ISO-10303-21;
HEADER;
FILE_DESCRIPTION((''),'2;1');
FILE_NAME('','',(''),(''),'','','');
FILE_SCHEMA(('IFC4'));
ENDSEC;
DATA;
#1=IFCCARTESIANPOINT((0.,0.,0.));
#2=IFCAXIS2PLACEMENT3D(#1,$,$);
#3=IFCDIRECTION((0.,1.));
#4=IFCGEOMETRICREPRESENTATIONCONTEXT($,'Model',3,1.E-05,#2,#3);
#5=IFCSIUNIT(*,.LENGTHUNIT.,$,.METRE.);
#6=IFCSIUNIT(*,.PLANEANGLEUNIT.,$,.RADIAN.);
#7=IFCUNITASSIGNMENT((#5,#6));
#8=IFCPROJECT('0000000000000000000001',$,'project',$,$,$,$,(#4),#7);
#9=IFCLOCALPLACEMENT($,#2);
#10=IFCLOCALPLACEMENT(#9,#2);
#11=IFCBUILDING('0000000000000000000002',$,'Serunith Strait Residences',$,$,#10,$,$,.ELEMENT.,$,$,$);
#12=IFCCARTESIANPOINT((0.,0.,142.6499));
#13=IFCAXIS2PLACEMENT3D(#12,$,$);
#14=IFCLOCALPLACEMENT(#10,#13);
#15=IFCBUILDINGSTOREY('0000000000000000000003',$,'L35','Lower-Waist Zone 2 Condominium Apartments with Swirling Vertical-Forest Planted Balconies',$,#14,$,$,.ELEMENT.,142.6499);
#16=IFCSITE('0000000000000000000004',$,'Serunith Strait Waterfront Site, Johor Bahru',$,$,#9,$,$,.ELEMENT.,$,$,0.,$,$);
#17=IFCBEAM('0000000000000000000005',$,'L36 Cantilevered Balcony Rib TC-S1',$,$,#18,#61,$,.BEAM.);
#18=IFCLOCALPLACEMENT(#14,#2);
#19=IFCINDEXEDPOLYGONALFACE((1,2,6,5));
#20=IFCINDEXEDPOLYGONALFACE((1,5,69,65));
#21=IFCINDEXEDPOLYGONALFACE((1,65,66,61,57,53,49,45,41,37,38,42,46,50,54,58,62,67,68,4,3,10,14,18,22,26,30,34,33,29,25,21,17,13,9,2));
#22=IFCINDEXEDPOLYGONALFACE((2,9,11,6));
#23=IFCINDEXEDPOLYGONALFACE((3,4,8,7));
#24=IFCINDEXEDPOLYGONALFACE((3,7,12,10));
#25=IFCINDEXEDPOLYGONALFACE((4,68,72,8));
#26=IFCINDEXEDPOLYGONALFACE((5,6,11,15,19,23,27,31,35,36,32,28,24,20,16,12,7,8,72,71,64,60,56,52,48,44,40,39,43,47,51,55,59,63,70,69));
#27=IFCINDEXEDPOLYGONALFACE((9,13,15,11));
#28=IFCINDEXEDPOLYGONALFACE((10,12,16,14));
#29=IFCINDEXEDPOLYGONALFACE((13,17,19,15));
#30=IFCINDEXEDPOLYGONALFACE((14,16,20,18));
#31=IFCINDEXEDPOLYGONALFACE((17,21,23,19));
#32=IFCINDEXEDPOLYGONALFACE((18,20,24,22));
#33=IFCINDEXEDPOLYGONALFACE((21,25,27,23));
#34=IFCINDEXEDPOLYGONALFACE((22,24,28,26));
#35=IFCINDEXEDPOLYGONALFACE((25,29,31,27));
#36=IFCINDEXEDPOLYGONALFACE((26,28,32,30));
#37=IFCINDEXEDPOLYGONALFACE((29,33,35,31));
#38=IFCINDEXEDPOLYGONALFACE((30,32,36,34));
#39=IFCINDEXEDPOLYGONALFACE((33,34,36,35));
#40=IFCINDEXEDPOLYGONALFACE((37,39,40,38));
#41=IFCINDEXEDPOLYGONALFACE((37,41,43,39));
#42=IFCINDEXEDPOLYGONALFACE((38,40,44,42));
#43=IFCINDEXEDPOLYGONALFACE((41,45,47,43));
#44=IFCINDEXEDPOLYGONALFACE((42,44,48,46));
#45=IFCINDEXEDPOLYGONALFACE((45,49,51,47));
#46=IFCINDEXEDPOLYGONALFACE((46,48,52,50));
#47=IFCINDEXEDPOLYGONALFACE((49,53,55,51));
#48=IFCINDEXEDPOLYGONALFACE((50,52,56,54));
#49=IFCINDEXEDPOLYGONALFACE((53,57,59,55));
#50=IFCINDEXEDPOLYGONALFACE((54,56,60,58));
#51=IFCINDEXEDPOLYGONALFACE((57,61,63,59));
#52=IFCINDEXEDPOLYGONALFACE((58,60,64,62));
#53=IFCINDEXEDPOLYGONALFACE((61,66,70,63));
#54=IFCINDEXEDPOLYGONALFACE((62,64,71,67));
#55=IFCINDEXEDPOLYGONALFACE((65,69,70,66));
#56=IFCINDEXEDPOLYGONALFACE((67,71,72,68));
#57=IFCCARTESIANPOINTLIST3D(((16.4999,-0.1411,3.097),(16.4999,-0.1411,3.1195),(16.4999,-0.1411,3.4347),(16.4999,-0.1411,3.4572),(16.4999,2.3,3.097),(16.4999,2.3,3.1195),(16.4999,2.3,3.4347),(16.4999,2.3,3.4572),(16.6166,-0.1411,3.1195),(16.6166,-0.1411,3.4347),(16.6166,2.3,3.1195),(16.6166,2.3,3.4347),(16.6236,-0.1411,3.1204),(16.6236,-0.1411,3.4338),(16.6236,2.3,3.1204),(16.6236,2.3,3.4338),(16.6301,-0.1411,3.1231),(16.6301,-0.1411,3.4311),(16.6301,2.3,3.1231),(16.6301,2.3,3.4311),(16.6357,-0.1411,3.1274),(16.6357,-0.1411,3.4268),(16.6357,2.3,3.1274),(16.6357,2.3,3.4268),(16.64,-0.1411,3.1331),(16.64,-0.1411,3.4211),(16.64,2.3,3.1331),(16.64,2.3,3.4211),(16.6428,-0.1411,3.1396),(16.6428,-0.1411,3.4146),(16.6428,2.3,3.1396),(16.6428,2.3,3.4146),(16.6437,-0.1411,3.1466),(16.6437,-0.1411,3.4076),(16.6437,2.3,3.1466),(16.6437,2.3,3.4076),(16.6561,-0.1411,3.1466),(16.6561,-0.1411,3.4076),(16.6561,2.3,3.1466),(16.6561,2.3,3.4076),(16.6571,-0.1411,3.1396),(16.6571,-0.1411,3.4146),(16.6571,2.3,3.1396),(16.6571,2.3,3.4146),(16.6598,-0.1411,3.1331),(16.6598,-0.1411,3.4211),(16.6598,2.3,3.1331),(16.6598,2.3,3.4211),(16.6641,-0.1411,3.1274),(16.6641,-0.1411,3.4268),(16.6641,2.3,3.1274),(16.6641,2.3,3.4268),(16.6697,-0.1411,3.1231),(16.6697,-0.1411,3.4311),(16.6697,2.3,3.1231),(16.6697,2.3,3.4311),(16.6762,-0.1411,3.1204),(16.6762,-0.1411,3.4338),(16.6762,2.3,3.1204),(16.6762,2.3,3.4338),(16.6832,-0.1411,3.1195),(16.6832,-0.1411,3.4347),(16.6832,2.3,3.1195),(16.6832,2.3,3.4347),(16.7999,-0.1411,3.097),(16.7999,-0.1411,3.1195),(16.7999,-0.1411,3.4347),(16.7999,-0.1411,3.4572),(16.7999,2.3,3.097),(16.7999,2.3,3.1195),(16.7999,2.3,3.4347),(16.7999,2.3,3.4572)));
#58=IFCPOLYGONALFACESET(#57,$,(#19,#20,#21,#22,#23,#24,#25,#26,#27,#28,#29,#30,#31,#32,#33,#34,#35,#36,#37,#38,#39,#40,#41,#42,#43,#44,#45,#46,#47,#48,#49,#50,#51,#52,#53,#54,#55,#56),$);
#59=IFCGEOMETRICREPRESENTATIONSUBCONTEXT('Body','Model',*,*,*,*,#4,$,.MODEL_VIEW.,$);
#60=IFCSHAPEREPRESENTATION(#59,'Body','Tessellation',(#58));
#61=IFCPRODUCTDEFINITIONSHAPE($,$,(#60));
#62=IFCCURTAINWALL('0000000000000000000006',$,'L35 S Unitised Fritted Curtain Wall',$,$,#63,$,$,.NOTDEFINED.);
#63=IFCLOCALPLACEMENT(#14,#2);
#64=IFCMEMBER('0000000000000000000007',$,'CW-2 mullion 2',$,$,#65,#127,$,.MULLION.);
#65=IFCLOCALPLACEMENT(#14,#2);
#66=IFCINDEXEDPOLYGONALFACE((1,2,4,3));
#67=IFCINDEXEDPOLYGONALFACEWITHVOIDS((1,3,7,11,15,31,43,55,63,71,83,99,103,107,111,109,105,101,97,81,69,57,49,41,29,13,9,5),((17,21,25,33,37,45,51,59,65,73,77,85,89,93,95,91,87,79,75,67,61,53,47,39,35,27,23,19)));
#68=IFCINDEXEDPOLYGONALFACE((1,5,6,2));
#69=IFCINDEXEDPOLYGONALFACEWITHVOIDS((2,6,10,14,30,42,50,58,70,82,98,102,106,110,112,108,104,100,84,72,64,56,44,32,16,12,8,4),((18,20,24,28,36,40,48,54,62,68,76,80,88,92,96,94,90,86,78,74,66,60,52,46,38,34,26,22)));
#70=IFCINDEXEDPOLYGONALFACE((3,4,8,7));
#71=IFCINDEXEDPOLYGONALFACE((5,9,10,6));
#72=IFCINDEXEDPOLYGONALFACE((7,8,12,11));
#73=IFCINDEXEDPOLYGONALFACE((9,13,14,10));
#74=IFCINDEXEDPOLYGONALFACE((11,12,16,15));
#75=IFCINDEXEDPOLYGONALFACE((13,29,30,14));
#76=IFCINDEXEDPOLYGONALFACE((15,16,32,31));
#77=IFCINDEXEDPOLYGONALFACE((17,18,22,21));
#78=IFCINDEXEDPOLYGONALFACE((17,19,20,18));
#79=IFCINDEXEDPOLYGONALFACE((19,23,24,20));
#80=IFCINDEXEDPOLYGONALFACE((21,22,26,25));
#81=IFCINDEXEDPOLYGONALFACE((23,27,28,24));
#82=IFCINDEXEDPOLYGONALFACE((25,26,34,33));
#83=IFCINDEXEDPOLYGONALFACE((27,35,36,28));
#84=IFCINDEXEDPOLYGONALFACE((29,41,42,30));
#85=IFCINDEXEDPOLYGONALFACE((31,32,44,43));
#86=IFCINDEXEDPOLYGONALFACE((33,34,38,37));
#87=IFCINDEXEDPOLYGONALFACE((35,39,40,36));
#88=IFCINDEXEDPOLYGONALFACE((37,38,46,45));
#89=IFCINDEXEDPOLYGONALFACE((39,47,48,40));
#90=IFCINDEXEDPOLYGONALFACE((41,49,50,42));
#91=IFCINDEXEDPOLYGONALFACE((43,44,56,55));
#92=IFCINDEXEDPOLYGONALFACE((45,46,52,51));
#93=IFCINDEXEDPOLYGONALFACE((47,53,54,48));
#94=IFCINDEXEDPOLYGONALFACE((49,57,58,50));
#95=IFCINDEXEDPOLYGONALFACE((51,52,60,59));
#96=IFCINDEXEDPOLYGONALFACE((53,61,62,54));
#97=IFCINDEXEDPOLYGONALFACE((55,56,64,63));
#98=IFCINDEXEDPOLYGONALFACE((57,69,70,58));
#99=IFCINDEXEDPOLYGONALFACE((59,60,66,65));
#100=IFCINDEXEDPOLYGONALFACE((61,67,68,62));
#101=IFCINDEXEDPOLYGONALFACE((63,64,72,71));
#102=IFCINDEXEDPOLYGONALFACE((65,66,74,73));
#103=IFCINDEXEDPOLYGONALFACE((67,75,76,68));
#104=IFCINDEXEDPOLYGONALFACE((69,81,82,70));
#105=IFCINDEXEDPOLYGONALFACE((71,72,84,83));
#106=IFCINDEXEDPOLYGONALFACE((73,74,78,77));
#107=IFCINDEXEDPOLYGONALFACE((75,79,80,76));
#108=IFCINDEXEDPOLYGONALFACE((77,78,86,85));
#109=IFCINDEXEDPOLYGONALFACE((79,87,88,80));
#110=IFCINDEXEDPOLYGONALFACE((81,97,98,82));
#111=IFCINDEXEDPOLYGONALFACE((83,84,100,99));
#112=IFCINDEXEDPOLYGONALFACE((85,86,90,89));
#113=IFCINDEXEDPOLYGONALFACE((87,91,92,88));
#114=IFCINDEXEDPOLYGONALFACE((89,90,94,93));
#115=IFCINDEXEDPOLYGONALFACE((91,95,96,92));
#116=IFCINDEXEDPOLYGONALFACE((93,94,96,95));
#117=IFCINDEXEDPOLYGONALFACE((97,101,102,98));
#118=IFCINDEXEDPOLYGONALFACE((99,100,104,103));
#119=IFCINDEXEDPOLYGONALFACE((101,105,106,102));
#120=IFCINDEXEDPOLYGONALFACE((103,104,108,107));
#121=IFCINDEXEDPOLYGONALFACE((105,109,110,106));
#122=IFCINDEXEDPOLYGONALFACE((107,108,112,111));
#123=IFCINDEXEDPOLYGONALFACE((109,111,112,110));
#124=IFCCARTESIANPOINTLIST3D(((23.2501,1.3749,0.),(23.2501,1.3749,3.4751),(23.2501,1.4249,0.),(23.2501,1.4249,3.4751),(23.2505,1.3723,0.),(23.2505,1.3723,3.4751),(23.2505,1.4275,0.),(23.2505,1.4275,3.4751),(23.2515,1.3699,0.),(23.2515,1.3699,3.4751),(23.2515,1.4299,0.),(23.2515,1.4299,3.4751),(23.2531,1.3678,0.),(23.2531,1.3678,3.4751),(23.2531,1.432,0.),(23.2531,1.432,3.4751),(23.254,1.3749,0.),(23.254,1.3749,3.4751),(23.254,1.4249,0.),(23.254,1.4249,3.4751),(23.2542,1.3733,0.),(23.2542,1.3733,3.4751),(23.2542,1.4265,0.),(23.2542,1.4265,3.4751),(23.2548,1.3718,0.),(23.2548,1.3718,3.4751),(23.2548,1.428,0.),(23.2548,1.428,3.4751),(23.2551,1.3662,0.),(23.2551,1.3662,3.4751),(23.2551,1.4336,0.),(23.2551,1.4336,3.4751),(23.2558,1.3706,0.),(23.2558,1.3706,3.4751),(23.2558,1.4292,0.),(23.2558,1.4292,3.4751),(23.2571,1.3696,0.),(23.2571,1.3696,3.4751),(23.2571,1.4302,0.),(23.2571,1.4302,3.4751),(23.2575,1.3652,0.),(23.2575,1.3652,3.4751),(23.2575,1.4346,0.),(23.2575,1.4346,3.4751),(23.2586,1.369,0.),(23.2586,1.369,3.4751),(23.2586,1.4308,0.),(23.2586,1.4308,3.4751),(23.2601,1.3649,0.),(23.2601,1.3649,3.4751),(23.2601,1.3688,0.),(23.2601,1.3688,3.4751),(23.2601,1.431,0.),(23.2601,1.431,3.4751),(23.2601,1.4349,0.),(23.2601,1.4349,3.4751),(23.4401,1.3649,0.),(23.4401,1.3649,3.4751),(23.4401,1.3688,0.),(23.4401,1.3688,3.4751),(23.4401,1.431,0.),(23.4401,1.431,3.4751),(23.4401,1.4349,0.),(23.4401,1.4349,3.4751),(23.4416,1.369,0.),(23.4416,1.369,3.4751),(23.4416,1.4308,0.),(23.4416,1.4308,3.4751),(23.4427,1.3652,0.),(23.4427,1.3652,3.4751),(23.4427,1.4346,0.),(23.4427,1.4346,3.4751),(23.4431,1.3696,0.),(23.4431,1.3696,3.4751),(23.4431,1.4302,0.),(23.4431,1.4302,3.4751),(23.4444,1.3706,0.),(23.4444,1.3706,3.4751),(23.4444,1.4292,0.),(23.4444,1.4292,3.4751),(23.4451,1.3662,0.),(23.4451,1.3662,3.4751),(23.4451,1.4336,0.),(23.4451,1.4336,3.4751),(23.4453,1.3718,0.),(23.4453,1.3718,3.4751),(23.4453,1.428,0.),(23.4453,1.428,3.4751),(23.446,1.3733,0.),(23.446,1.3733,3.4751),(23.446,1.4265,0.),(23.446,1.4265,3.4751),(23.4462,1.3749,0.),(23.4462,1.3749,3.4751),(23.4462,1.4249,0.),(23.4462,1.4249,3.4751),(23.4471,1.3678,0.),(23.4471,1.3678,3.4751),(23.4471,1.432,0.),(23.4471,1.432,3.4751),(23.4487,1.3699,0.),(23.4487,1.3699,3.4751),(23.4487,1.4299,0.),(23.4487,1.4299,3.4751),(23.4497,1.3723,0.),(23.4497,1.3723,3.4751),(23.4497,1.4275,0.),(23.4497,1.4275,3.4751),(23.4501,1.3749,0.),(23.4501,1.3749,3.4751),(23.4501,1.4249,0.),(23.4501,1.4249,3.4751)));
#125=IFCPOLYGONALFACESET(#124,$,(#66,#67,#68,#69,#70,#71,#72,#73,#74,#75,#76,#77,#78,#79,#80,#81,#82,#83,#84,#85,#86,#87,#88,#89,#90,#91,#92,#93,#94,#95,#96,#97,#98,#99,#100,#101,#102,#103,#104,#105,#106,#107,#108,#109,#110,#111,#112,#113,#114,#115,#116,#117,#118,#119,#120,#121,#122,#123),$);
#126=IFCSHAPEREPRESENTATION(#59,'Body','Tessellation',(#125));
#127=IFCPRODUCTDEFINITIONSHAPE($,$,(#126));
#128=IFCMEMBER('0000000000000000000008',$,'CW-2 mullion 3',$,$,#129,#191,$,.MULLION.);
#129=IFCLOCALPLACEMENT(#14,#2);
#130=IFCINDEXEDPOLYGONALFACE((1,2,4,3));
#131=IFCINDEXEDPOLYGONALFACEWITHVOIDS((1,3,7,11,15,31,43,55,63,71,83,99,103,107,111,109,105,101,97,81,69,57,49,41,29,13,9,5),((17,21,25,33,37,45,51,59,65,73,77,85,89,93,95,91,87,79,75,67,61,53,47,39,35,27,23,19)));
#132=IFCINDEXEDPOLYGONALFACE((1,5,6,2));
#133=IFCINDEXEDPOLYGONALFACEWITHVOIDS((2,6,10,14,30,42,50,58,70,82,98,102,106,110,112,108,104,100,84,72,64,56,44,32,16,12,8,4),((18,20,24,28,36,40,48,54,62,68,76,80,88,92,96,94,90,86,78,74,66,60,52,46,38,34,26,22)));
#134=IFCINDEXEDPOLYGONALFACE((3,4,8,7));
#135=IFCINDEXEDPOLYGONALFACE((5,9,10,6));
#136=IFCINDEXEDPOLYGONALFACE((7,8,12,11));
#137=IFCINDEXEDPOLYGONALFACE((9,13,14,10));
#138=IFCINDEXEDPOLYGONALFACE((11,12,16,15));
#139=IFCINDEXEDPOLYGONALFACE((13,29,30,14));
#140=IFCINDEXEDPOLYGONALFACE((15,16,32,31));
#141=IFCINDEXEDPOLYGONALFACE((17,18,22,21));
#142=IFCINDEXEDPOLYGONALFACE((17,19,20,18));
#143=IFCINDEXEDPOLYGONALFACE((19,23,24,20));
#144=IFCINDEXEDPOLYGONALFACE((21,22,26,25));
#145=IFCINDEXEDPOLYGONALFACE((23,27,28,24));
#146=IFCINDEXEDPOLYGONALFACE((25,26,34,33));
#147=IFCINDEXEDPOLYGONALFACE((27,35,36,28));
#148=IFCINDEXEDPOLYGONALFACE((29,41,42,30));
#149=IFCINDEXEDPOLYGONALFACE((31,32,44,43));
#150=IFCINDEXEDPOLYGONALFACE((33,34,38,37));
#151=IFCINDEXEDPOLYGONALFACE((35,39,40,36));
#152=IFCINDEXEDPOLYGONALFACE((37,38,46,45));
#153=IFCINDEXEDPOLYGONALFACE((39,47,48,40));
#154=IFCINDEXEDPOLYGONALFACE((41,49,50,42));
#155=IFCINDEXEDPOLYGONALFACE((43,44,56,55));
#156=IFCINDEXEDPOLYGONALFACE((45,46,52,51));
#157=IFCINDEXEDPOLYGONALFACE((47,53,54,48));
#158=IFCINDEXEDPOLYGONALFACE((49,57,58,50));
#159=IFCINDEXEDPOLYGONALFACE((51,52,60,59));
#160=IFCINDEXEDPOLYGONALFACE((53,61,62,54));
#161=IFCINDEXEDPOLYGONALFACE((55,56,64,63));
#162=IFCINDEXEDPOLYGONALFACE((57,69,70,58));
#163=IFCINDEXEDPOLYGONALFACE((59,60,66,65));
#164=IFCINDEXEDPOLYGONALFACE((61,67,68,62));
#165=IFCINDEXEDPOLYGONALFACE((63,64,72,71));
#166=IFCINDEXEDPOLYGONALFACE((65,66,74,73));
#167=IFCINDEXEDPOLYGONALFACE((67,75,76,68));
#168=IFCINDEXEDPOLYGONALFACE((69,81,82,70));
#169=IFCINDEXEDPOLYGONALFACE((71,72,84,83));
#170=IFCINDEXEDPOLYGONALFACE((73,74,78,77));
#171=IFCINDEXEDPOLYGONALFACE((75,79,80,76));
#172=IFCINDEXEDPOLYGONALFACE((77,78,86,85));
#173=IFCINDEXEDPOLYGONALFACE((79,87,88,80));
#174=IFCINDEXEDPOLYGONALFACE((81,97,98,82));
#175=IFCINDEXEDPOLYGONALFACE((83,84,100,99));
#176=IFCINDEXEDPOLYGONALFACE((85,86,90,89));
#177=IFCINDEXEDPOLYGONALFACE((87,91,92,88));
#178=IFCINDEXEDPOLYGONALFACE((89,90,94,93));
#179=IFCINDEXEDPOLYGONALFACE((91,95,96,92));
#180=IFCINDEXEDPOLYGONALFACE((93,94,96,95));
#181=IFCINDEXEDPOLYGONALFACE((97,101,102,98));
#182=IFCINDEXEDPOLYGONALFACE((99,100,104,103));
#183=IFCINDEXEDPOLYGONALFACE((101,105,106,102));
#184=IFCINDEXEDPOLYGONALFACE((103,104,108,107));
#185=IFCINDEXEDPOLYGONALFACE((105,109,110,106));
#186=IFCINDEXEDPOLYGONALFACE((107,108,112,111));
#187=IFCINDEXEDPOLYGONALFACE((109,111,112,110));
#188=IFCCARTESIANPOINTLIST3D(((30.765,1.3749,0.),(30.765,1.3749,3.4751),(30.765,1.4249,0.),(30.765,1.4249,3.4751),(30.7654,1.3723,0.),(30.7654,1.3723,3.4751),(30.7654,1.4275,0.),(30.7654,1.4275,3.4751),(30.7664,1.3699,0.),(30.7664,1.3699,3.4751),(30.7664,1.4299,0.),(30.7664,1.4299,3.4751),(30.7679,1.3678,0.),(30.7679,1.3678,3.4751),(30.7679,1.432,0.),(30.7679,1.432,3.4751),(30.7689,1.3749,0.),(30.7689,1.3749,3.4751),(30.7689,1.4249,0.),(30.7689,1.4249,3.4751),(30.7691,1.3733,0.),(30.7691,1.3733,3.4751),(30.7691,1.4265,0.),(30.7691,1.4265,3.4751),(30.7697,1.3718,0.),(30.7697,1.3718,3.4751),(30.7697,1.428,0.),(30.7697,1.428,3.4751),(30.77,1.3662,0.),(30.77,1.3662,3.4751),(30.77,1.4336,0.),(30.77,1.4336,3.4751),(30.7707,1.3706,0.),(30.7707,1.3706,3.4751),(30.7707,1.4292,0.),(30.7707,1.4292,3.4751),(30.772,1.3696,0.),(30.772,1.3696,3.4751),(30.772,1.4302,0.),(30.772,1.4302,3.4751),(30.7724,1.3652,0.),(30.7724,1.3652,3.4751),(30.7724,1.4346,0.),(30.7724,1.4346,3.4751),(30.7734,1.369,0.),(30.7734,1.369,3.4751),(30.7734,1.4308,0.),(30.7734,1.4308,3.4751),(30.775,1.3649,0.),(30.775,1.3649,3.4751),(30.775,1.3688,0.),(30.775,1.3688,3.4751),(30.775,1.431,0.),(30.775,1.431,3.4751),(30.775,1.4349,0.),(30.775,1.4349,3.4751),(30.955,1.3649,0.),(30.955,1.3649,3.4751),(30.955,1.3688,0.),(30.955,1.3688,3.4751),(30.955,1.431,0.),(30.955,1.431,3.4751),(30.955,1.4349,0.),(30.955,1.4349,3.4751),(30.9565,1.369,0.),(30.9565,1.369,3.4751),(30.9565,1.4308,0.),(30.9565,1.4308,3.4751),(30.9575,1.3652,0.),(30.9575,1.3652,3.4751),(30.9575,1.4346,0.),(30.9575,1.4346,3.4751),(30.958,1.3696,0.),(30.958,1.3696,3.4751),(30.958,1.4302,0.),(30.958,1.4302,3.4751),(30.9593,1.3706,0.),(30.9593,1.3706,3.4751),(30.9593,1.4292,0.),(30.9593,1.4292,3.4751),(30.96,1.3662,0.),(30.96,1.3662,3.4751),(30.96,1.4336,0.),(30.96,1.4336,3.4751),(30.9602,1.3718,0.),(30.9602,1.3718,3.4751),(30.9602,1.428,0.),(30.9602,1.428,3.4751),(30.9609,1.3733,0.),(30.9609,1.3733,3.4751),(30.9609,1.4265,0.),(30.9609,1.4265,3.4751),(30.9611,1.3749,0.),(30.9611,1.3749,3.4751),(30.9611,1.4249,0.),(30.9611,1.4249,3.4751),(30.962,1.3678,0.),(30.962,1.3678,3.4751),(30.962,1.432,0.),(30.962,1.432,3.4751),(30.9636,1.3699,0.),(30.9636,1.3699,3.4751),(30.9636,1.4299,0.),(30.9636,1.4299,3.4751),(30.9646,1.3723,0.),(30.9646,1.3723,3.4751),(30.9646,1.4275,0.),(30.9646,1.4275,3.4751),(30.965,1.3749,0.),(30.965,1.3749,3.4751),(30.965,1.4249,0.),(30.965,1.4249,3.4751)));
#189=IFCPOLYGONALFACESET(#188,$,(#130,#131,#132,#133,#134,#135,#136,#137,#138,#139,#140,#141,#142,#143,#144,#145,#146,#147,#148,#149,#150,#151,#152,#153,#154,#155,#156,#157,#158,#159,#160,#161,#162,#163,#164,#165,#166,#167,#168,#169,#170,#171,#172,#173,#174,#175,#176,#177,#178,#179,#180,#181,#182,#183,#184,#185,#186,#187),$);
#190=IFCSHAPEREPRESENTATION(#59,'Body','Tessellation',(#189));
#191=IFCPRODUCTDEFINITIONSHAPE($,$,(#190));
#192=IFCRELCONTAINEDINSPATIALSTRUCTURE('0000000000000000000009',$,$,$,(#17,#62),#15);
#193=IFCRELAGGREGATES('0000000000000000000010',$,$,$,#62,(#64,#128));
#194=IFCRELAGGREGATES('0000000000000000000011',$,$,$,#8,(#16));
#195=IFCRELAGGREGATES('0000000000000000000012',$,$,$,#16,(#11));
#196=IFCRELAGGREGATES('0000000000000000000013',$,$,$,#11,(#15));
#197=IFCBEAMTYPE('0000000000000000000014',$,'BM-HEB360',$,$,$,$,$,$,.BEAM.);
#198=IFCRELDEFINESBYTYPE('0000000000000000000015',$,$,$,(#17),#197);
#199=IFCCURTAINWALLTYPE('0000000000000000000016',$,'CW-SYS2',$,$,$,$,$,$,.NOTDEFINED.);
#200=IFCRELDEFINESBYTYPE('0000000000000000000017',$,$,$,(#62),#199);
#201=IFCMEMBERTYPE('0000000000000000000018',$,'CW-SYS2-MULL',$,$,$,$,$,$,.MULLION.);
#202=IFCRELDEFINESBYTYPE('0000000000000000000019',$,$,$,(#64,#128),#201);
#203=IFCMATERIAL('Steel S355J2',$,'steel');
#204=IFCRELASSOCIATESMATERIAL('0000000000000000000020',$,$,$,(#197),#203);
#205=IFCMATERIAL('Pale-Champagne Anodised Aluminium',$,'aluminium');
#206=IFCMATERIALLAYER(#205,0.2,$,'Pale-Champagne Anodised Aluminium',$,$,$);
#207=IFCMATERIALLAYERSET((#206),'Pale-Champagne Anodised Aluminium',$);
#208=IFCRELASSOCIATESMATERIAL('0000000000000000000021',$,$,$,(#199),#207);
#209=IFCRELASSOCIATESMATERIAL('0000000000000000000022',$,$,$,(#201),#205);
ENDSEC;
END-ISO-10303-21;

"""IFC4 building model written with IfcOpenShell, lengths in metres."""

from ifc_helpers import new_model, si_unit, direction, frame, origin, origin_2d, place, context, subcontext, project, spatial, hollow_rectangle, i_section, extrude, source, transform, mapped, material, layer, layer_set, material_profile, profile_set, type_object, element, aggregate, save


model = new_model("IFC4")

# Units and contexts
model_context = context("Model", 3, precision=1e-05, world=origin(), true_north=direction((0.0, 1.0)))
body_context = subcontext(model_context, "Body", "Model", "MODEL_VIEW")
ifc_project = project(units=[si_unit("LENGTHUNIT", "METRE"), si_unit("PLANEANGLEUNIT", "RADIAN")], contexts=[model_context])

# Site, building, storey
site_placement = place(None, origin())
site = spatial("IfcSite", under=ifc_project, at=site_placement, Name="Serunith Strait Waterfront Site, Johor Bahru", CompositionType="ELEMENT", RefElevation=0.0)
building_placement = place(site_placement, origin())
building = spatial("IfcBuilding", under=site, at=building_placement, Name="Serunith Strait Residences", CompositionType="ELEMENT")
storey_placement = place(building_placement, frame((0.0, 0.0, 142.6499)))
storey = spatial("IfcBuildingStorey", under=building, at=storey_placement, Name="L35", Description="Lower-Waist Zone 2 Condominium Apartments with Swirling Vertical-Forest Planted Balconies", CompositionType="ELEMENT", Elevation=142.6499)

# Beam
ifc_material_1 = material(Name="Steel S355J2", Category="steel")
ifc_material_profile_1 = material_profile(ifc_material_1, i_section(OverallWidth=0.3, OverallDepth=0.3601, WebThickness=0.0125, FlangeThickness=0.0225, FilletRadius=0.0271, at=origin_2d()), Name="HEB 360")
ifc_profile_set_1 = profile_set([ifc_material_profile_1], Name="Steel S355J2")
beam_type_1 = type_object("IfcBeamType", Name="BM-HEB360", PredefinedType="BEAM", material=ifc_profile_set_1)
shared_shape_1 = source(origin(), body_context, "Body", "SweptSolid", [
    extrude(i_section(OverallWidth=0.3, OverallDepth=0.3601, WebThickness=0.0125, FlangeThickness=0.0225, FilletRadius=0.0271, at=origin_2d()), origin(), (0.0, 0.0, 1.0), 2.4412),
])
beam_1_placement = place(storey_placement, frame((16.6499, 2.3, 3.2771), z_axis=(0.0, -1.0, 0.0), x_axis=(1.0, 0.0, 0.0)))
element("IfcBeam", 1, at=beam_1_placement, inside=storey, type_object=beam_type_1, Name="L36 Cantilevered Balcony Rib TC-S1", PredefinedType="BEAM", context=body_context, shape_type="MappedRepresentation", body=[
    mapped(shared_shape_1, transform((0.0, 0.0, 0.0), scale=1.0)),
])

# Curtain wall, members
ifc_material_2 = material(Name="Pale-Champagne Anodised Aluminium", Category="aluminium")
ifc_layer_1 = layer(ifc_material_2, 0.2, Name="Pale-Champagne Anodised Aluminium")
ifc_layer_set_1 = layer_set([ifc_layer_1], Name="Pale-Champagne Anodised Aluminium")
curtain_wall_type = type_object("IfcCurtainWallType", Name="CW-SYS2", PredefinedType="NOTDEFINED", material=ifc_layer_set_1)
curtain_wall_placement = place(storey_placement, origin())
curtain_wall = element("IfcCurtainWall", 2, at=curtain_wall_placement, inside=storey, type_object=curtain_wall_type, Name="L35 S Unitised Fritted Curtain Wall", PredefinedType="NOTDEFINED")
ifc_material_profile_2 = material_profile(ifc_material_2, hollow_rectangle(XDim=0.0701, YDim=0.2, WallThickness=0.0039, InnerFilletRadius=0.0061, OuterFilletRadius=0.01, at=origin_2d()), Name="ALU 200x70x4")
ifc_profile_set_2 = profile_set([ifc_material_profile_2], Name="Pale-Champagne Anodised Aluminium")
member_type_1 = type_object("IfcMemberType", Name="CW-SYS2-MULL", PredefinedType="MULLION", material=ifc_profile_set_2)
shared_shape_2 = source(origin(), body_context, "Body", "SweptSolid", [
    extrude(hollow_rectangle(XDim=0.0701, YDim=0.2, WallThickness=0.0039, InnerFilletRadius=0.0061, OuterFilletRadius=0.01, at=origin_2d()), origin(), (0.0, 0.0, 1.0), 3.4751),
])
member_1_placement = place(storey_placement, frame((23.3501, 1.3999, 0.0), z_axis=(0.0, 0.0, 1.0), x_axis=(0.0, 1.0, 0.0)))
member_1 = element("IfcMember", 3, at=member_1_placement, type_object=member_type_1, Name="CW-2 mullion 2", PredefinedType="MULLION", context=body_context, shape_type="MappedRepresentation", body=[
    mapped(shared_shape_2, transform((0.0, 0.0, 0.0), scale=1.0)),
])
member_2_placement = place(storey_placement, frame((30.865, 1.3999, 0.0), z_axis=(0.0, 0.0, 1.0), x_axis=(0.0, 1.0, 0.0)))
member_2 = element("IfcMember", 4, at=member_2_placement, type_object=member_type_1, Name="CW-2 mullion 3", PredefinedType="MULLION", context=body_context, shape_type="MappedRepresentation", body=[
    mapped(shared_shape_2, transform((0.0, 0.0, 0.0), scale=1.0)),
])
aggregate(curtain_wall, [member_1, member_2])

save(model, "model.ifc")
